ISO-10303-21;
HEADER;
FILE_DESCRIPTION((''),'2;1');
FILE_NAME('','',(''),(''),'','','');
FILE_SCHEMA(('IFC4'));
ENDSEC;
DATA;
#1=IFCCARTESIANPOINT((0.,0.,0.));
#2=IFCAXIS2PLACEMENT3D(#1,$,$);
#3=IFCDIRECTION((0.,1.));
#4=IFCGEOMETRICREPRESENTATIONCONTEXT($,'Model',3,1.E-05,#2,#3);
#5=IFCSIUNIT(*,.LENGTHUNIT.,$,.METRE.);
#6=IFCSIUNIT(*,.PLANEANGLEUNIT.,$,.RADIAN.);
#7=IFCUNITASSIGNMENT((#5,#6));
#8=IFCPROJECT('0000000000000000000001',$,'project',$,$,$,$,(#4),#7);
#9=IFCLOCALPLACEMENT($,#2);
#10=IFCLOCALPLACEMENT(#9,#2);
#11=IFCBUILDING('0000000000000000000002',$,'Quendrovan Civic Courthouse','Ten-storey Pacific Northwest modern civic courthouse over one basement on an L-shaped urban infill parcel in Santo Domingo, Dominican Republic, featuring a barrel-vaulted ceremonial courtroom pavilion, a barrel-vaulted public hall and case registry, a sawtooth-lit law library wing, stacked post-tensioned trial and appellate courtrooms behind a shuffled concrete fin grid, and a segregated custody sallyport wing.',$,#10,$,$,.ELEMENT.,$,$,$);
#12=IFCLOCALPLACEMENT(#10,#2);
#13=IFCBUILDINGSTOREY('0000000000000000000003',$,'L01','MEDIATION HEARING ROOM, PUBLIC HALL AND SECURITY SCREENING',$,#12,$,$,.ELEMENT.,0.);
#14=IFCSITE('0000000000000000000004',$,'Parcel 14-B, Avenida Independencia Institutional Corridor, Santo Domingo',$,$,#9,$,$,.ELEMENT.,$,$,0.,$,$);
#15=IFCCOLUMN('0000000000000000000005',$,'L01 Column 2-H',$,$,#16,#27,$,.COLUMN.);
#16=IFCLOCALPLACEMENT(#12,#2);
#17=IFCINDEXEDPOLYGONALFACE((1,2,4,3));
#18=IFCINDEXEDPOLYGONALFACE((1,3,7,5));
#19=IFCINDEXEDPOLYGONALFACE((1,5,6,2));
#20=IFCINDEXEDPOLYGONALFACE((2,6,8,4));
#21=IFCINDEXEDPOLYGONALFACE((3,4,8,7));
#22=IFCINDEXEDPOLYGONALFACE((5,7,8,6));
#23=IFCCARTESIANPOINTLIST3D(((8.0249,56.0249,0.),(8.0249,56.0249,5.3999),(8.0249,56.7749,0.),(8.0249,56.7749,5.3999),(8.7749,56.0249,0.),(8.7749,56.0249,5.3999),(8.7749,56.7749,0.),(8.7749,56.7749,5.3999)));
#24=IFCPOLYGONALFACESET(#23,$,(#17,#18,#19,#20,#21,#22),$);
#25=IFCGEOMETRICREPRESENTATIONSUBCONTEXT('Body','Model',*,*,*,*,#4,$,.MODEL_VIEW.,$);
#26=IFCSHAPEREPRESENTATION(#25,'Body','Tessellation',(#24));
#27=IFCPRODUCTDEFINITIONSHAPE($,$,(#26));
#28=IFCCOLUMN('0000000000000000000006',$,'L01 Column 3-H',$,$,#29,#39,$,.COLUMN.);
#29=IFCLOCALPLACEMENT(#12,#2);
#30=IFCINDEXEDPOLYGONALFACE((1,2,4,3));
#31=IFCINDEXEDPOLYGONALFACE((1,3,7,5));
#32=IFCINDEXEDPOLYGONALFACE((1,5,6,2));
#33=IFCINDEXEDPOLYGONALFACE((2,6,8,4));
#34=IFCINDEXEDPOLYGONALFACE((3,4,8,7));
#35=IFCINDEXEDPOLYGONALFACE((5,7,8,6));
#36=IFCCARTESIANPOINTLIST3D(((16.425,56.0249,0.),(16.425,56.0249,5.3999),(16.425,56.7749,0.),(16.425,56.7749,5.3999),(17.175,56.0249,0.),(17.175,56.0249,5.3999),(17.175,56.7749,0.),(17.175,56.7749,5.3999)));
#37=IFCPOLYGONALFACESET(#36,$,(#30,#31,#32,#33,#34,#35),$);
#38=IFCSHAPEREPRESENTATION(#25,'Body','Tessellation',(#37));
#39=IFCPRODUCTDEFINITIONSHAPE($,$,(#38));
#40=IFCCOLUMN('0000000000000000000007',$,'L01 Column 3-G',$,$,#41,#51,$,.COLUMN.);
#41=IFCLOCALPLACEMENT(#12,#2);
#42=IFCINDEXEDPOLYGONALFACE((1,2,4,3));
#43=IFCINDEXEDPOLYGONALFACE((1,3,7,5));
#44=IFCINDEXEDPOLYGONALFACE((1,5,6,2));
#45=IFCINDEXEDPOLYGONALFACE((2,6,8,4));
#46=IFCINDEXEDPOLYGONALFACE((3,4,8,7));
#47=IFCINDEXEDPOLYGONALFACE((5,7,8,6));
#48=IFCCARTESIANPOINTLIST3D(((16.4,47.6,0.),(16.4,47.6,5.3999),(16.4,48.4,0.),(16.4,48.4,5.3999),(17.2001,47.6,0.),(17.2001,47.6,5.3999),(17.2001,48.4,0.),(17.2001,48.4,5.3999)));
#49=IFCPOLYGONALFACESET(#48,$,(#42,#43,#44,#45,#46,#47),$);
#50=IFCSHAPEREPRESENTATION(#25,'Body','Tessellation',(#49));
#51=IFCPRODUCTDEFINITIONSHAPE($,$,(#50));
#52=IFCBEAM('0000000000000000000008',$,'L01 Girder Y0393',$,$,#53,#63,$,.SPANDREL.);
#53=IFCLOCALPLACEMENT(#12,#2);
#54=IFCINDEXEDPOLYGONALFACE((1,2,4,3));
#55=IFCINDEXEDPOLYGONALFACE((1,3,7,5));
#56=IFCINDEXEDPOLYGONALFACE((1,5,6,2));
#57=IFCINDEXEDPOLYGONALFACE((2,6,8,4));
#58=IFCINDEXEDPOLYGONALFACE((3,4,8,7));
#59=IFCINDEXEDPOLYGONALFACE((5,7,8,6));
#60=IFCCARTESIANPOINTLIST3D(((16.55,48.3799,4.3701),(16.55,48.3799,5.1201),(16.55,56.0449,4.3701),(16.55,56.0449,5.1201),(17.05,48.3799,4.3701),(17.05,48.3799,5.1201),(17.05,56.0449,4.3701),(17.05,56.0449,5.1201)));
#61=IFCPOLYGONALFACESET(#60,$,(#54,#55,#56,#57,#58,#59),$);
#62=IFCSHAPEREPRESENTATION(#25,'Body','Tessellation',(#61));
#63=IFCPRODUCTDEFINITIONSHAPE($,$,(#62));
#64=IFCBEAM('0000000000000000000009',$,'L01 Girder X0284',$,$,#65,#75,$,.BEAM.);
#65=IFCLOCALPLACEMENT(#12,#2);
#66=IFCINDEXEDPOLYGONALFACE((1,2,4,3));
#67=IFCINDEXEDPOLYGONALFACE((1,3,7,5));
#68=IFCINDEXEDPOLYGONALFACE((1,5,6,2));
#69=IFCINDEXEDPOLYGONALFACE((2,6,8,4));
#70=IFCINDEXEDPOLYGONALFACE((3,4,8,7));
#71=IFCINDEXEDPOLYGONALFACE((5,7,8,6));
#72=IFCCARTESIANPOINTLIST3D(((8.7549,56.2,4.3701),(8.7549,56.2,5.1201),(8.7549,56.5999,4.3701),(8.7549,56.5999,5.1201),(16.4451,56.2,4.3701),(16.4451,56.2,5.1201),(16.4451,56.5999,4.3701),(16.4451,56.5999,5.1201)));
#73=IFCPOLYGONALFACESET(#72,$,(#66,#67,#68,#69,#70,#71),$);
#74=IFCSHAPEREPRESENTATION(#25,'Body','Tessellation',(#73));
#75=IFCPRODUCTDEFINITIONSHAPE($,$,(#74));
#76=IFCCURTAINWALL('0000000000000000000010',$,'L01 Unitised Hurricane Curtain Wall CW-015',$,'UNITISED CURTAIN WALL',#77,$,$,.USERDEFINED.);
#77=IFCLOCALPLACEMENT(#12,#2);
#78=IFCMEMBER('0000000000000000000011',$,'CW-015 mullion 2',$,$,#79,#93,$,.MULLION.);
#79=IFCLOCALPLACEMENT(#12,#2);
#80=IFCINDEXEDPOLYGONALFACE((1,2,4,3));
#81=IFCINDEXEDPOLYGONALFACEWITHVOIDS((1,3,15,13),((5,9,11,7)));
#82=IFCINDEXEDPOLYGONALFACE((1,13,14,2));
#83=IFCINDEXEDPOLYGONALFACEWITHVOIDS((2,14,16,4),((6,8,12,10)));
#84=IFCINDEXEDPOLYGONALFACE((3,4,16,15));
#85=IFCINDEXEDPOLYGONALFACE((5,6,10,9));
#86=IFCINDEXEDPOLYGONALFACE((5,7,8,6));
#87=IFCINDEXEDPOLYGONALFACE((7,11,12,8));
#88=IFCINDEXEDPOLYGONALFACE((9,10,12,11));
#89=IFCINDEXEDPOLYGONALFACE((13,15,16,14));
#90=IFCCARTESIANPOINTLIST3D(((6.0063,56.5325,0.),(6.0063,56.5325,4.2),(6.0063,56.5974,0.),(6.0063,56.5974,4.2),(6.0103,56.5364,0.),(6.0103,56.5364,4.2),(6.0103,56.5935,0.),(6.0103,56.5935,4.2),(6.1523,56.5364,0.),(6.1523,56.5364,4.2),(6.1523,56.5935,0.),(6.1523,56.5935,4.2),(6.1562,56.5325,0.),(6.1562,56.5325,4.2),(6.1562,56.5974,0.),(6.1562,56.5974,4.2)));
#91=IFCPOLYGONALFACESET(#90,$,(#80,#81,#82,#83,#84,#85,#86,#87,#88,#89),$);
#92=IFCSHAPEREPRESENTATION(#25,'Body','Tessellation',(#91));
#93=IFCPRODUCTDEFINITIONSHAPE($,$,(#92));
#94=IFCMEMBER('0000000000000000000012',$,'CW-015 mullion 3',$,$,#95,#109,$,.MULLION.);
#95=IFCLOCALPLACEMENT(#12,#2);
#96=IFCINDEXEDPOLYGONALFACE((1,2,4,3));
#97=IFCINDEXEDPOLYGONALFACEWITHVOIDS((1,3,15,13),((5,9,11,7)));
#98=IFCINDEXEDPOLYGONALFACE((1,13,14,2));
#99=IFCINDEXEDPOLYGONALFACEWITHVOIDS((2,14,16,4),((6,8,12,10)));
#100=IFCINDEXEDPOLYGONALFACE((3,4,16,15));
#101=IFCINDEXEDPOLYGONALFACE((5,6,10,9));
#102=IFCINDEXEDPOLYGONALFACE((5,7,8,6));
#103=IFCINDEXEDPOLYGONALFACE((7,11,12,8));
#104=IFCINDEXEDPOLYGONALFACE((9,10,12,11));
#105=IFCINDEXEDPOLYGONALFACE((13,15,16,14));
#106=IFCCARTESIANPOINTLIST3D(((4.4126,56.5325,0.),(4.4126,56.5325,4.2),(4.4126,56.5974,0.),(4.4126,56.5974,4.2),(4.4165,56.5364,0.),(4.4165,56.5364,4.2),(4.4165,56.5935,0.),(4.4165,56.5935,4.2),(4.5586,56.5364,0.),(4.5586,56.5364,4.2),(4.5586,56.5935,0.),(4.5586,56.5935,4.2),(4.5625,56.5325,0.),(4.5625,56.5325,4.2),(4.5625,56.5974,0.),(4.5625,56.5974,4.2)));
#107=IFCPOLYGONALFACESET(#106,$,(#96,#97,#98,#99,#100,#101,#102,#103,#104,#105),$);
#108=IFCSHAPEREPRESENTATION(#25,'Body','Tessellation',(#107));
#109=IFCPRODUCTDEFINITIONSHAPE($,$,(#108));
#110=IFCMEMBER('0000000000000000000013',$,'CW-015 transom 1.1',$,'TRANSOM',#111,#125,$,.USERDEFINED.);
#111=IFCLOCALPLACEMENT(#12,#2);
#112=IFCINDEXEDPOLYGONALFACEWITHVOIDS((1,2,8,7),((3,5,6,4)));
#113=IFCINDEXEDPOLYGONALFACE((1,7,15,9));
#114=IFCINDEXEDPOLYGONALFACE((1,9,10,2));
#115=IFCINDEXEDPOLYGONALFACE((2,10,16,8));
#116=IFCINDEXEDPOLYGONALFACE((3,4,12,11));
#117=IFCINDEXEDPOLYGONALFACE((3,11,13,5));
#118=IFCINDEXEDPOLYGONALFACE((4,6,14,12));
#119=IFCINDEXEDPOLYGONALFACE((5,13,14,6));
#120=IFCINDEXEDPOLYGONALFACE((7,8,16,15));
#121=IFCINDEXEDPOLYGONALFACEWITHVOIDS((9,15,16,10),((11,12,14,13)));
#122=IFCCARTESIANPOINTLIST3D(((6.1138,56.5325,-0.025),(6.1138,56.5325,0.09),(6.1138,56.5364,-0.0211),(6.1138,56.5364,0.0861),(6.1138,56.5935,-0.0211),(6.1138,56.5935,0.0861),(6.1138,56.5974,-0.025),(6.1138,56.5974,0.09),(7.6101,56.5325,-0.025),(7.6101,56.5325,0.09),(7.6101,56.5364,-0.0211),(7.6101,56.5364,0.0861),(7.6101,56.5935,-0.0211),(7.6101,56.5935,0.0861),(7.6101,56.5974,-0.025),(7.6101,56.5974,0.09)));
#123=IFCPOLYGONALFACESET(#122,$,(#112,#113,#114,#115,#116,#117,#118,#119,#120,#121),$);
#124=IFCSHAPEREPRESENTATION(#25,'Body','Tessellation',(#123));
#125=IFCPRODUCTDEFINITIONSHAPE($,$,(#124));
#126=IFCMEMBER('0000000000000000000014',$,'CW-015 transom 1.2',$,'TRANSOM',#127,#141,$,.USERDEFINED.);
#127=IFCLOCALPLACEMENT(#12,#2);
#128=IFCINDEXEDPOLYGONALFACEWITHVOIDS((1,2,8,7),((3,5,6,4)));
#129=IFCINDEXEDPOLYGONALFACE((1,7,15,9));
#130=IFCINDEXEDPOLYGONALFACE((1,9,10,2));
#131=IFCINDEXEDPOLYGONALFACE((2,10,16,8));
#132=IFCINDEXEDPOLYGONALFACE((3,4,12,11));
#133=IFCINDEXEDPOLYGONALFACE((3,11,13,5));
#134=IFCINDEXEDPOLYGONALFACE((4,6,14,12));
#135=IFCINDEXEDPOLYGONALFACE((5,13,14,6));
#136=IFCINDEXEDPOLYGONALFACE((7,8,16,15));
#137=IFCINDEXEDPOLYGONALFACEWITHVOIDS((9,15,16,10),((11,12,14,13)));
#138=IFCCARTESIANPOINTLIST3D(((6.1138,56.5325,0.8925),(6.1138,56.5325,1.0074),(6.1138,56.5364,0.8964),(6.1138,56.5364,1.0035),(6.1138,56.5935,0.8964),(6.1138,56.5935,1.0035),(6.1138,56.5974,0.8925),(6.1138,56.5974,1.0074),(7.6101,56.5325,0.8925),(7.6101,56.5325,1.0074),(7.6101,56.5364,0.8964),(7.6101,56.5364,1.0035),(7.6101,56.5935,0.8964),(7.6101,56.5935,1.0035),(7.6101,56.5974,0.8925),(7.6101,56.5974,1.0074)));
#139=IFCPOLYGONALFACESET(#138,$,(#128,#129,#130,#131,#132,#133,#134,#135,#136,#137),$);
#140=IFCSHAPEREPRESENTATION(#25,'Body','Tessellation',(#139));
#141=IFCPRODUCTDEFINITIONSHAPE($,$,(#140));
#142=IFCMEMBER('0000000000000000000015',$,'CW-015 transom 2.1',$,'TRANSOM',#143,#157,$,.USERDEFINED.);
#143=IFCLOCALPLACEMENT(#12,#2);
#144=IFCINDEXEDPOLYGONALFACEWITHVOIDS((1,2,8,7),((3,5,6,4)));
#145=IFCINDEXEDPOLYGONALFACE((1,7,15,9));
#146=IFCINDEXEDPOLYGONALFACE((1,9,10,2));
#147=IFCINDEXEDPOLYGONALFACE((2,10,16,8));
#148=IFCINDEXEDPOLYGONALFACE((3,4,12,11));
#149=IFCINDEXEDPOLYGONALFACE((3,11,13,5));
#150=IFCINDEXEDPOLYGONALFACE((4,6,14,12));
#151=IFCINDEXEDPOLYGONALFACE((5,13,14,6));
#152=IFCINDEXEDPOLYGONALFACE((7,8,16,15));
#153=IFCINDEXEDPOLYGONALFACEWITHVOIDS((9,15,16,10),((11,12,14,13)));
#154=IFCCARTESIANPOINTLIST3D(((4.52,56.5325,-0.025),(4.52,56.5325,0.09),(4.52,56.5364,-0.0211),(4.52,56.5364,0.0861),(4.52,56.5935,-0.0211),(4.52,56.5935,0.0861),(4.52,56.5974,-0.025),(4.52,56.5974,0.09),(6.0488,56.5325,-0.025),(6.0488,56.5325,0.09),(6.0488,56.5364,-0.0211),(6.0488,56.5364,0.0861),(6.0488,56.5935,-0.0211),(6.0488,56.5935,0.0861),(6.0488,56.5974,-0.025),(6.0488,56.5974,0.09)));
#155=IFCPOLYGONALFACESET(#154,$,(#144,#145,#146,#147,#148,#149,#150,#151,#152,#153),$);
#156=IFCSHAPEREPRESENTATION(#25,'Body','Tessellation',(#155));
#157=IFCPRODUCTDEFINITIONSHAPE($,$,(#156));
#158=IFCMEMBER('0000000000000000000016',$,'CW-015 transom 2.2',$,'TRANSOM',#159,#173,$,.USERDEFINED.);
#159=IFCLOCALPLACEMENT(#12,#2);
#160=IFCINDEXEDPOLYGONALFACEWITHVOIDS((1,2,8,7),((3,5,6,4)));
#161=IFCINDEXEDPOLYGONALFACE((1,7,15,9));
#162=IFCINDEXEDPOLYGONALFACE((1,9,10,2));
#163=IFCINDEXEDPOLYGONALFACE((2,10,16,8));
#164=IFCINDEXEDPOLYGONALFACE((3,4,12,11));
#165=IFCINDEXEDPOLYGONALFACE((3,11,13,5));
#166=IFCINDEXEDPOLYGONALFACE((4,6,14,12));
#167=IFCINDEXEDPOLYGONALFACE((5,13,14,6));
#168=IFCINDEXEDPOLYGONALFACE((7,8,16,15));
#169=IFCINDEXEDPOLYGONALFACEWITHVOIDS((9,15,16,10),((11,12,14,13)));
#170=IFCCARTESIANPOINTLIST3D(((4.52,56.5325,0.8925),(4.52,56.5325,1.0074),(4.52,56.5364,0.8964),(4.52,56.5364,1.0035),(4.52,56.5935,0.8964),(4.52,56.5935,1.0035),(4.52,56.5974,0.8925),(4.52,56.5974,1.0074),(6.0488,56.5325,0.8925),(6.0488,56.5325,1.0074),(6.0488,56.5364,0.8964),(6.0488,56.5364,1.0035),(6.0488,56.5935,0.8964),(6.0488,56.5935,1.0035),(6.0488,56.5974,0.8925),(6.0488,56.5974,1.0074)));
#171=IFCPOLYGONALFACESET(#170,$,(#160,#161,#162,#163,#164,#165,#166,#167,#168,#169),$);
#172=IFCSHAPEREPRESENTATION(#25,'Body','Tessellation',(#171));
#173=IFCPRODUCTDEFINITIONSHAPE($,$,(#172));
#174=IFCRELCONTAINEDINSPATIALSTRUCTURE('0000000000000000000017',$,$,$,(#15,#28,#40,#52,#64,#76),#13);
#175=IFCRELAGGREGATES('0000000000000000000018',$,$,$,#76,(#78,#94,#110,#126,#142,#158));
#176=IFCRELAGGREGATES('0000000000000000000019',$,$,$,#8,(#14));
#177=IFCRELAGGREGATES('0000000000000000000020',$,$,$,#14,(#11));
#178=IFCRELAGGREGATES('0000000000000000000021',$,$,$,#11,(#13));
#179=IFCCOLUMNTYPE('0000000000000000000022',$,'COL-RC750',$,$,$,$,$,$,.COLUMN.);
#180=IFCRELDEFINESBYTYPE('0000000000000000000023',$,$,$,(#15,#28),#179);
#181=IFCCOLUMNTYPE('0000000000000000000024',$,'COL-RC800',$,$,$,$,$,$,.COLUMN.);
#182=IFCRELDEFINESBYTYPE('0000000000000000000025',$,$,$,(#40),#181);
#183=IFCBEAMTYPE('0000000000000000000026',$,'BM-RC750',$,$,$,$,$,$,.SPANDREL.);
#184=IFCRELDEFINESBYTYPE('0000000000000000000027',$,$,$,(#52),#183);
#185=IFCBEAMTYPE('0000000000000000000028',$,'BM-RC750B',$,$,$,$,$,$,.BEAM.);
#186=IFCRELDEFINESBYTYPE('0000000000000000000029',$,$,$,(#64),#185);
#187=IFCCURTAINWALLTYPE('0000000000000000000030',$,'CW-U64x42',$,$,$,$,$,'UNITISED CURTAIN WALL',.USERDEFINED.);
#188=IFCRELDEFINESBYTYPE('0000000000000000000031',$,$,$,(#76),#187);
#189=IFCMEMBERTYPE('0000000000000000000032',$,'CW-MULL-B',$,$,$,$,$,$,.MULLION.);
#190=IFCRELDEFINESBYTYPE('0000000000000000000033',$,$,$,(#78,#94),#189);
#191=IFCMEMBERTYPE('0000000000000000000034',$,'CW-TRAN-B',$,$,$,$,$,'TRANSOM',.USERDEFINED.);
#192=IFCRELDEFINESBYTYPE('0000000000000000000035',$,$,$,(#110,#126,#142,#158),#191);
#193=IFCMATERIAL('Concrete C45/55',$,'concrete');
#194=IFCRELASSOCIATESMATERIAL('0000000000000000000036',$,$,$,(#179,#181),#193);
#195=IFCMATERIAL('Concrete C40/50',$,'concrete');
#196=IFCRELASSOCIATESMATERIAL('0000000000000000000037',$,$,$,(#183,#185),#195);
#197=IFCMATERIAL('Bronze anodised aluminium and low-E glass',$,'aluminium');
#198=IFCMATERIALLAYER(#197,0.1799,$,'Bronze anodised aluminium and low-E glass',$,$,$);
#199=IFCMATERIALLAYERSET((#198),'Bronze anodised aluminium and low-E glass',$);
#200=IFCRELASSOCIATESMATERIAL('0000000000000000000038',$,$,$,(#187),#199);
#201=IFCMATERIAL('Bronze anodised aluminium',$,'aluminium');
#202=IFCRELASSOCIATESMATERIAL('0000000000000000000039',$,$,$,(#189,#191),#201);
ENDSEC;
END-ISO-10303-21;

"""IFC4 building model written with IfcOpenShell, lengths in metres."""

from ifc_helpers import new_model, si_unit, direction, frame, origin, origin_2d, place, context, subcontext, project, spatial, rectangle, hollow_rectangle, extrude, material, layer, layer_set, material_profile, profile_set, type_object, element, aggregate, save


model = new_model("IFC4")

# Units and contexts
model_context = context("Model", 3, precision=1e-05, world=origin(), true_north=direction((0.0, 1.0)))
body_context = subcontext(model_context, "Body", "Model", "MODEL_VIEW")
ifc_project = project(units=[si_unit("LENGTHUNIT", "METRE"), si_unit("PLANEANGLEUNIT", "RADIAN")], contexts=[model_context])

# Site, building, storey
site_placement = place(None, origin())
site = spatial("IfcSite", under=ifc_project, at=site_placement, Name="Parcel 14-B, Avenida Independencia Institutional Corridor, Santo Domingo", CompositionType="ELEMENT", RefElevation=0.0)
building_placement = place(site_placement, origin())
building = spatial("IfcBuilding", under=site, at=building_placement, Name="Quendrovan Civic Courthouse", Description="Ten-storey Pacific Northwest modern civic courthouse over one basement on an L-shaped urban infill parcel in Santo Domingo, Dominican Republic, featuring a barrel-vaulted ceremonial courtroom pavilion, a barrel-vaulted public hall and case registry, a sawtooth-lit law library wing, stacked post-tensioned trial and appellate courtrooms behind a shuffled concrete fin grid, and a segregated custody sallyport wing.", CompositionType="ELEMENT")
storey_placement = place(building_placement, origin())
storey = spatial("IfcBuildingStorey", under=building, at=storey_placement, Name="L01", Description="MEDIATION HEARING ROOM, PUBLIC HALL AND SECURITY SCREENING", CompositionType="ELEMENT", Elevation=0.0)

# Columns
ifc_material_1 = material(Name="Concrete C45/55", Category="concrete")
ifc_material_profile_1 = material_profile(ifc_material_1, rectangle(XDim=0.75, YDim=0.75, at=origin_2d()), Name="RC-COL-750x750")
ifc_profile_set_1 = profile_set([ifc_material_profile_1], Name="Concrete C45/55")
column_type_1 = type_object("IfcColumnType", Name="COL-RC750", PredefinedType="COLUMN", material=ifc_profile_set_1)
for number, where, z_axis, x_axis, name in (
    (1, (8.3999, 56.3999, 0.0), (0.0, 0.0, 1.0), (1.0, 0.0, 0.0), "L01 Column 2-H"),
    (2, (16.8, 56.3999, 0.0), (0.0, 0.0, 1.0), (1.0, 0.0, 0.0), "L01 Column 3-H"),
):
    element("IfcColumn", number, at=place(storey_placement, frame(where, z_axis=z_axis, x_axis=x_axis)), inside=storey, type_object=column_type_1, Name=name, PredefinedType="COLUMN", context=body_context, shape_type="SweptSolid", body=[
        extrude(rectangle(XDim=0.75, YDim=0.75, at=origin_2d()), origin(), (0.0, 0.0, 1.0), 5.3999),
    ])
ifc_material_profile_2 = material_profile(ifc_material_1, rectangle(XDim=0.8, YDim=0.8, at=origin_2d()), Name="RC-COL-800x800")
ifc_profile_set_2 = profile_set([ifc_material_profile_2], Name="Concrete C45/55")
column_type_2 = type_object("IfcColumnType", Name="COL-RC800", PredefinedType="COLUMN", material=ifc_profile_set_2)
column_placement = place(storey_placement, frame((16.8, 48.0, 0.0), z_axis=(0.0, 0.0, 1.0), x_axis=(1.0, 0.0, 0.0)))
element("IfcColumn", 3, at=column_placement, inside=storey, type_object=column_type_2, Name="L01 Column 3-G", PredefinedType="COLUMN", context=body_context, shape_type="SweptSolid", body=[
    extrude(rectangle(XDim=0.8, YDim=0.8, at=origin_2d()), origin(), (0.0, 0.0, 1.0), 5.3999),
])

# Beams
ifc_material_2 = material(Name="Concrete C40/50", Category="concrete")
ifc_material_profile_3 = material_profile(ifc_material_2, rectangle(XDim=0.5, YDim=0.75, at=origin_2d()), Name="RC-BM-500x750")
ifc_profile_set_3 = profile_set([ifc_material_profile_3], Name="Concrete C40/50")
beam_type_1 = type_object("IfcBeamType", Name="BM-RC750", PredefinedType="SPANDREL", material=ifc_profile_set_3)
beam_1_placement = place(storey_placement, frame((16.8, 48.3799, 4.7451), z_axis=(0.0, 1.0, 0.0), x_axis=(-1.0, 0.0, 0.0)))
element("IfcBeam", 4, at=beam_1_placement, inside=storey, type_object=beam_type_1, Name="L01 Girder Y0393", PredefinedType="SPANDREL", context=body_context, shape_type="SweptSolid", body=[
    extrude(rectangle(XDim=0.5, YDim=0.75, at=origin_2d()), origin(), (0.0, 0.0, 1.0), 7.665),
])
ifc_material_profile_4 = material_profile(ifc_material_2, rectangle(XDim=0.3999, YDim=0.75, at=origin_2d()), Name="RC-BM-400x750")
ifc_profile_set_4 = profile_set([ifc_material_profile_4], Name="Concrete C40/50")
beam_type_2 = type_object("IfcBeamType", Name="BM-RC750B", PredefinedType="BEAM", material=ifc_profile_set_4)
beam_2_placement = place(storey_placement, frame((8.7549, 56.3999, 4.7451), z_axis=(1.0, 0.0, 0.0), x_axis=(0.0, 1.0, 0.0)))
element("IfcBeam", 5, at=beam_2_placement, inside=storey, type_object=beam_type_2, Name="L01 Girder X0284", PredefinedType="BEAM", context=body_context, shape_type="SweptSolid", body=[
    extrude(rectangle(XDim=0.3999, YDim=0.75, at=origin_2d()), origin(), (0.0, 0.0, 1.0), 7.6902),
])

# Curtain wall, members
ifc_material_3 = material(Name="Bronze anodised aluminium and low-E glass", Category="aluminium")
ifc_layer_1 = layer(ifc_material_3, 0.1799, Name="Bronze anodised aluminium and low-E glass")
ifc_layer_set_1 = layer_set([ifc_layer_1], Name="Bronze anodised aluminium and low-E glass")
curtain_wall_type = type_object("IfcCurtainWallType", Name="CW-U64x42", ElementType="UNITISED CURTAIN WALL", PredefinedType="USERDEFINED", material=ifc_layer_set_1)
curtain_wall_placement = place(storey_placement, origin())
curtain_wall = element("IfcCurtainWall", 6, at=curtain_wall_placement, inside=storey, type_object=curtain_wall_type, Name="L01 Unitised Hurricane Curtain Wall CW-015", ObjectType="UNITISED CURTAIN WALL", PredefinedType="USERDEFINED")
ifc_material_4 = material(Name="Bronze anodised aluminium", Category="aluminium")
ifc_material_profile_5 = material_profile(ifc_material_4, hollow_rectangle(XDim=0.0649, YDim=0.1499, WallThickness=0.0039, at=origin_2d()), Name="CW-MULL-65x150")
ifc_profile_set_5 = profile_set([ifc_material_profile_5], Name="Bronze anodised aluminium")
member_type_1 = type_object("IfcMemberType", Name="CW-MULL-B", PredefinedType="MULLION", material=ifc_profile_set_5)
member_1_placement = place(storey_placement, frame((6.0813, 56.5649, 0.0), z_axis=(0.0, 0.0, 1.0), x_axis=(0.0, -1.0, 0.0)))
member_1 = element("IfcMember", 7, at=member_1_placement, type_object=member_type_1, Name="CW-015 mullion 2", PredefinedType="MULLION", context=body_context, shape_type="SweptSolid", body=[
    extrude(hollow_rectangle(XDim=0.0649, YDim=0.1499, WallThickness=0.0039, at=origin_2d()), origin(), (0.0, 0.0, 1.0), 4.2),
])
member_2_placement = place(storey_placement, frame((4.4875, 56.5649, 0.0), z_axis=(0.0, 0.0, 1.0), x_axis=(0.0, -1.0, 0.0)))
member_2 = element("IfcMember", 8, at=member_2_placement, type_object=member_type_1, Name="CW-015 mullion 3", PredefinedType="MULLION", context=body_context, shape_type="SweptSolid", body=[
    extrude(hollow_rectangle(XDim=0.0649, YDim=0.1499, WallThickness=0.0039, at=origin_2d()), origin(), (0.0, 0.0, 1.0), 4.2),
])
ifc_material_profile_6 = material_profile(ifc_material_4, hollow_rectangle(XDim=0.0649, YDim=0.115, WallThickness=0.0039, at=origin_2d()), Name="CW-TRAN-65x115")
ifc_profile_set_6 = profile_set([ifc_material_profile_6], Name="Bronze anodised aluminium")
member_type_2 = type_object("IfcMemberType", Name="CW-TRAN-B", ElementType="TRANSOM", PredefinedType="USERDEFINED", material=ifc_profile_set_6)
member_3_placement = place(storey_placement, frame((7.6101, 56.5649, 0.0325), z_axis=(-1.0, 0.0, 0.0), x_axis=(0.0, -1.0, 0.0)))
member_3 = element("IfcMember", 9, at=member_3_placement, type_object=member_type_2, Name="CW-015 transom 1.1", ObjectType="TRANSOM", PredefinedType="USERDEFINED", context=body_context, shape_type="SweptSolid", body=[
    extrude(hollow_rectangle(XDim=0.0649, YDim=0.115, WallThickness=0.0039, at=origin_2d()), origin(), (0.0, 0.0, 1.0), 1.4963),
])
member_4_placement = place(storey_placement, frame((7.6101, 56.5649, 0.95), z_axis=(-1.0, 0.0, 0.0), x_axis=(0.0, -1.0, 0.0)))
member_4 = element("IfcMember", 10, at=member_4_placement, type_object=member_type_2, Name="CW-015 transom 1.2", ObjectType="TRANSOM", PredefinedType="USERDEFINED", context=body_context, shape_type="SweptSolid", body=[
    extrude(hollow_rectangle(XDim=0.0649, YDim=0.115, WallThickness=0.0039, at=origin_2d()), origin(), (0.0, 0.0, 1.0), 1.4963),
])
member_5_placement = place(storey_placement, frame((6.0488, 56.5649, 0.0325), z_axis=(-1.0, 0.0, 0.0), x_axis=(0.0, -1.0, 0.0)))
member_5 = element("IfcMember", 11, at=member_5_placement, type_object=member_type_2, Name="CW-015 transom 2.1", ObjectType="TRANSOM", PredefinedType="USERDEFINED", context=body_context, shape_type="SweptSolid", body=[
    extrude(hollow_rectangle(XDim=0.0649, YDim=0.115, WallThickness=0.0039, at=origin_2d()), origin(), (0.0, 0.0, 1.0), 1.5288),
])
member_6_placement = place(storey_placement, frame((6.0488, 56.5649, 0.95), z_axis=(-1.0, 0.0, 0.0), x_axis=(0.0, -1.0, 0.0)))
member_6 = element("IfcMember", 12, at=member_6_placement, type_object=member_type_2, Name="CW-015 transom 2.2", ObjectType="TRANSOM", PredefinedType="USERDEFINED", context=body_context, shape_type="SweptSolid", body=[
    extrude(hollow_rectangle(XDim=0.0649, YDim=0.115, WallThickness=0.0039, at=origin_2d()), origin(), (0.0, 0.0, 1.0), 1.5288),
])
aggregate(curtain_wall, [member_1, member_2, member_3, member_4, member_5, member_6])

save(model, "model.ifc")
